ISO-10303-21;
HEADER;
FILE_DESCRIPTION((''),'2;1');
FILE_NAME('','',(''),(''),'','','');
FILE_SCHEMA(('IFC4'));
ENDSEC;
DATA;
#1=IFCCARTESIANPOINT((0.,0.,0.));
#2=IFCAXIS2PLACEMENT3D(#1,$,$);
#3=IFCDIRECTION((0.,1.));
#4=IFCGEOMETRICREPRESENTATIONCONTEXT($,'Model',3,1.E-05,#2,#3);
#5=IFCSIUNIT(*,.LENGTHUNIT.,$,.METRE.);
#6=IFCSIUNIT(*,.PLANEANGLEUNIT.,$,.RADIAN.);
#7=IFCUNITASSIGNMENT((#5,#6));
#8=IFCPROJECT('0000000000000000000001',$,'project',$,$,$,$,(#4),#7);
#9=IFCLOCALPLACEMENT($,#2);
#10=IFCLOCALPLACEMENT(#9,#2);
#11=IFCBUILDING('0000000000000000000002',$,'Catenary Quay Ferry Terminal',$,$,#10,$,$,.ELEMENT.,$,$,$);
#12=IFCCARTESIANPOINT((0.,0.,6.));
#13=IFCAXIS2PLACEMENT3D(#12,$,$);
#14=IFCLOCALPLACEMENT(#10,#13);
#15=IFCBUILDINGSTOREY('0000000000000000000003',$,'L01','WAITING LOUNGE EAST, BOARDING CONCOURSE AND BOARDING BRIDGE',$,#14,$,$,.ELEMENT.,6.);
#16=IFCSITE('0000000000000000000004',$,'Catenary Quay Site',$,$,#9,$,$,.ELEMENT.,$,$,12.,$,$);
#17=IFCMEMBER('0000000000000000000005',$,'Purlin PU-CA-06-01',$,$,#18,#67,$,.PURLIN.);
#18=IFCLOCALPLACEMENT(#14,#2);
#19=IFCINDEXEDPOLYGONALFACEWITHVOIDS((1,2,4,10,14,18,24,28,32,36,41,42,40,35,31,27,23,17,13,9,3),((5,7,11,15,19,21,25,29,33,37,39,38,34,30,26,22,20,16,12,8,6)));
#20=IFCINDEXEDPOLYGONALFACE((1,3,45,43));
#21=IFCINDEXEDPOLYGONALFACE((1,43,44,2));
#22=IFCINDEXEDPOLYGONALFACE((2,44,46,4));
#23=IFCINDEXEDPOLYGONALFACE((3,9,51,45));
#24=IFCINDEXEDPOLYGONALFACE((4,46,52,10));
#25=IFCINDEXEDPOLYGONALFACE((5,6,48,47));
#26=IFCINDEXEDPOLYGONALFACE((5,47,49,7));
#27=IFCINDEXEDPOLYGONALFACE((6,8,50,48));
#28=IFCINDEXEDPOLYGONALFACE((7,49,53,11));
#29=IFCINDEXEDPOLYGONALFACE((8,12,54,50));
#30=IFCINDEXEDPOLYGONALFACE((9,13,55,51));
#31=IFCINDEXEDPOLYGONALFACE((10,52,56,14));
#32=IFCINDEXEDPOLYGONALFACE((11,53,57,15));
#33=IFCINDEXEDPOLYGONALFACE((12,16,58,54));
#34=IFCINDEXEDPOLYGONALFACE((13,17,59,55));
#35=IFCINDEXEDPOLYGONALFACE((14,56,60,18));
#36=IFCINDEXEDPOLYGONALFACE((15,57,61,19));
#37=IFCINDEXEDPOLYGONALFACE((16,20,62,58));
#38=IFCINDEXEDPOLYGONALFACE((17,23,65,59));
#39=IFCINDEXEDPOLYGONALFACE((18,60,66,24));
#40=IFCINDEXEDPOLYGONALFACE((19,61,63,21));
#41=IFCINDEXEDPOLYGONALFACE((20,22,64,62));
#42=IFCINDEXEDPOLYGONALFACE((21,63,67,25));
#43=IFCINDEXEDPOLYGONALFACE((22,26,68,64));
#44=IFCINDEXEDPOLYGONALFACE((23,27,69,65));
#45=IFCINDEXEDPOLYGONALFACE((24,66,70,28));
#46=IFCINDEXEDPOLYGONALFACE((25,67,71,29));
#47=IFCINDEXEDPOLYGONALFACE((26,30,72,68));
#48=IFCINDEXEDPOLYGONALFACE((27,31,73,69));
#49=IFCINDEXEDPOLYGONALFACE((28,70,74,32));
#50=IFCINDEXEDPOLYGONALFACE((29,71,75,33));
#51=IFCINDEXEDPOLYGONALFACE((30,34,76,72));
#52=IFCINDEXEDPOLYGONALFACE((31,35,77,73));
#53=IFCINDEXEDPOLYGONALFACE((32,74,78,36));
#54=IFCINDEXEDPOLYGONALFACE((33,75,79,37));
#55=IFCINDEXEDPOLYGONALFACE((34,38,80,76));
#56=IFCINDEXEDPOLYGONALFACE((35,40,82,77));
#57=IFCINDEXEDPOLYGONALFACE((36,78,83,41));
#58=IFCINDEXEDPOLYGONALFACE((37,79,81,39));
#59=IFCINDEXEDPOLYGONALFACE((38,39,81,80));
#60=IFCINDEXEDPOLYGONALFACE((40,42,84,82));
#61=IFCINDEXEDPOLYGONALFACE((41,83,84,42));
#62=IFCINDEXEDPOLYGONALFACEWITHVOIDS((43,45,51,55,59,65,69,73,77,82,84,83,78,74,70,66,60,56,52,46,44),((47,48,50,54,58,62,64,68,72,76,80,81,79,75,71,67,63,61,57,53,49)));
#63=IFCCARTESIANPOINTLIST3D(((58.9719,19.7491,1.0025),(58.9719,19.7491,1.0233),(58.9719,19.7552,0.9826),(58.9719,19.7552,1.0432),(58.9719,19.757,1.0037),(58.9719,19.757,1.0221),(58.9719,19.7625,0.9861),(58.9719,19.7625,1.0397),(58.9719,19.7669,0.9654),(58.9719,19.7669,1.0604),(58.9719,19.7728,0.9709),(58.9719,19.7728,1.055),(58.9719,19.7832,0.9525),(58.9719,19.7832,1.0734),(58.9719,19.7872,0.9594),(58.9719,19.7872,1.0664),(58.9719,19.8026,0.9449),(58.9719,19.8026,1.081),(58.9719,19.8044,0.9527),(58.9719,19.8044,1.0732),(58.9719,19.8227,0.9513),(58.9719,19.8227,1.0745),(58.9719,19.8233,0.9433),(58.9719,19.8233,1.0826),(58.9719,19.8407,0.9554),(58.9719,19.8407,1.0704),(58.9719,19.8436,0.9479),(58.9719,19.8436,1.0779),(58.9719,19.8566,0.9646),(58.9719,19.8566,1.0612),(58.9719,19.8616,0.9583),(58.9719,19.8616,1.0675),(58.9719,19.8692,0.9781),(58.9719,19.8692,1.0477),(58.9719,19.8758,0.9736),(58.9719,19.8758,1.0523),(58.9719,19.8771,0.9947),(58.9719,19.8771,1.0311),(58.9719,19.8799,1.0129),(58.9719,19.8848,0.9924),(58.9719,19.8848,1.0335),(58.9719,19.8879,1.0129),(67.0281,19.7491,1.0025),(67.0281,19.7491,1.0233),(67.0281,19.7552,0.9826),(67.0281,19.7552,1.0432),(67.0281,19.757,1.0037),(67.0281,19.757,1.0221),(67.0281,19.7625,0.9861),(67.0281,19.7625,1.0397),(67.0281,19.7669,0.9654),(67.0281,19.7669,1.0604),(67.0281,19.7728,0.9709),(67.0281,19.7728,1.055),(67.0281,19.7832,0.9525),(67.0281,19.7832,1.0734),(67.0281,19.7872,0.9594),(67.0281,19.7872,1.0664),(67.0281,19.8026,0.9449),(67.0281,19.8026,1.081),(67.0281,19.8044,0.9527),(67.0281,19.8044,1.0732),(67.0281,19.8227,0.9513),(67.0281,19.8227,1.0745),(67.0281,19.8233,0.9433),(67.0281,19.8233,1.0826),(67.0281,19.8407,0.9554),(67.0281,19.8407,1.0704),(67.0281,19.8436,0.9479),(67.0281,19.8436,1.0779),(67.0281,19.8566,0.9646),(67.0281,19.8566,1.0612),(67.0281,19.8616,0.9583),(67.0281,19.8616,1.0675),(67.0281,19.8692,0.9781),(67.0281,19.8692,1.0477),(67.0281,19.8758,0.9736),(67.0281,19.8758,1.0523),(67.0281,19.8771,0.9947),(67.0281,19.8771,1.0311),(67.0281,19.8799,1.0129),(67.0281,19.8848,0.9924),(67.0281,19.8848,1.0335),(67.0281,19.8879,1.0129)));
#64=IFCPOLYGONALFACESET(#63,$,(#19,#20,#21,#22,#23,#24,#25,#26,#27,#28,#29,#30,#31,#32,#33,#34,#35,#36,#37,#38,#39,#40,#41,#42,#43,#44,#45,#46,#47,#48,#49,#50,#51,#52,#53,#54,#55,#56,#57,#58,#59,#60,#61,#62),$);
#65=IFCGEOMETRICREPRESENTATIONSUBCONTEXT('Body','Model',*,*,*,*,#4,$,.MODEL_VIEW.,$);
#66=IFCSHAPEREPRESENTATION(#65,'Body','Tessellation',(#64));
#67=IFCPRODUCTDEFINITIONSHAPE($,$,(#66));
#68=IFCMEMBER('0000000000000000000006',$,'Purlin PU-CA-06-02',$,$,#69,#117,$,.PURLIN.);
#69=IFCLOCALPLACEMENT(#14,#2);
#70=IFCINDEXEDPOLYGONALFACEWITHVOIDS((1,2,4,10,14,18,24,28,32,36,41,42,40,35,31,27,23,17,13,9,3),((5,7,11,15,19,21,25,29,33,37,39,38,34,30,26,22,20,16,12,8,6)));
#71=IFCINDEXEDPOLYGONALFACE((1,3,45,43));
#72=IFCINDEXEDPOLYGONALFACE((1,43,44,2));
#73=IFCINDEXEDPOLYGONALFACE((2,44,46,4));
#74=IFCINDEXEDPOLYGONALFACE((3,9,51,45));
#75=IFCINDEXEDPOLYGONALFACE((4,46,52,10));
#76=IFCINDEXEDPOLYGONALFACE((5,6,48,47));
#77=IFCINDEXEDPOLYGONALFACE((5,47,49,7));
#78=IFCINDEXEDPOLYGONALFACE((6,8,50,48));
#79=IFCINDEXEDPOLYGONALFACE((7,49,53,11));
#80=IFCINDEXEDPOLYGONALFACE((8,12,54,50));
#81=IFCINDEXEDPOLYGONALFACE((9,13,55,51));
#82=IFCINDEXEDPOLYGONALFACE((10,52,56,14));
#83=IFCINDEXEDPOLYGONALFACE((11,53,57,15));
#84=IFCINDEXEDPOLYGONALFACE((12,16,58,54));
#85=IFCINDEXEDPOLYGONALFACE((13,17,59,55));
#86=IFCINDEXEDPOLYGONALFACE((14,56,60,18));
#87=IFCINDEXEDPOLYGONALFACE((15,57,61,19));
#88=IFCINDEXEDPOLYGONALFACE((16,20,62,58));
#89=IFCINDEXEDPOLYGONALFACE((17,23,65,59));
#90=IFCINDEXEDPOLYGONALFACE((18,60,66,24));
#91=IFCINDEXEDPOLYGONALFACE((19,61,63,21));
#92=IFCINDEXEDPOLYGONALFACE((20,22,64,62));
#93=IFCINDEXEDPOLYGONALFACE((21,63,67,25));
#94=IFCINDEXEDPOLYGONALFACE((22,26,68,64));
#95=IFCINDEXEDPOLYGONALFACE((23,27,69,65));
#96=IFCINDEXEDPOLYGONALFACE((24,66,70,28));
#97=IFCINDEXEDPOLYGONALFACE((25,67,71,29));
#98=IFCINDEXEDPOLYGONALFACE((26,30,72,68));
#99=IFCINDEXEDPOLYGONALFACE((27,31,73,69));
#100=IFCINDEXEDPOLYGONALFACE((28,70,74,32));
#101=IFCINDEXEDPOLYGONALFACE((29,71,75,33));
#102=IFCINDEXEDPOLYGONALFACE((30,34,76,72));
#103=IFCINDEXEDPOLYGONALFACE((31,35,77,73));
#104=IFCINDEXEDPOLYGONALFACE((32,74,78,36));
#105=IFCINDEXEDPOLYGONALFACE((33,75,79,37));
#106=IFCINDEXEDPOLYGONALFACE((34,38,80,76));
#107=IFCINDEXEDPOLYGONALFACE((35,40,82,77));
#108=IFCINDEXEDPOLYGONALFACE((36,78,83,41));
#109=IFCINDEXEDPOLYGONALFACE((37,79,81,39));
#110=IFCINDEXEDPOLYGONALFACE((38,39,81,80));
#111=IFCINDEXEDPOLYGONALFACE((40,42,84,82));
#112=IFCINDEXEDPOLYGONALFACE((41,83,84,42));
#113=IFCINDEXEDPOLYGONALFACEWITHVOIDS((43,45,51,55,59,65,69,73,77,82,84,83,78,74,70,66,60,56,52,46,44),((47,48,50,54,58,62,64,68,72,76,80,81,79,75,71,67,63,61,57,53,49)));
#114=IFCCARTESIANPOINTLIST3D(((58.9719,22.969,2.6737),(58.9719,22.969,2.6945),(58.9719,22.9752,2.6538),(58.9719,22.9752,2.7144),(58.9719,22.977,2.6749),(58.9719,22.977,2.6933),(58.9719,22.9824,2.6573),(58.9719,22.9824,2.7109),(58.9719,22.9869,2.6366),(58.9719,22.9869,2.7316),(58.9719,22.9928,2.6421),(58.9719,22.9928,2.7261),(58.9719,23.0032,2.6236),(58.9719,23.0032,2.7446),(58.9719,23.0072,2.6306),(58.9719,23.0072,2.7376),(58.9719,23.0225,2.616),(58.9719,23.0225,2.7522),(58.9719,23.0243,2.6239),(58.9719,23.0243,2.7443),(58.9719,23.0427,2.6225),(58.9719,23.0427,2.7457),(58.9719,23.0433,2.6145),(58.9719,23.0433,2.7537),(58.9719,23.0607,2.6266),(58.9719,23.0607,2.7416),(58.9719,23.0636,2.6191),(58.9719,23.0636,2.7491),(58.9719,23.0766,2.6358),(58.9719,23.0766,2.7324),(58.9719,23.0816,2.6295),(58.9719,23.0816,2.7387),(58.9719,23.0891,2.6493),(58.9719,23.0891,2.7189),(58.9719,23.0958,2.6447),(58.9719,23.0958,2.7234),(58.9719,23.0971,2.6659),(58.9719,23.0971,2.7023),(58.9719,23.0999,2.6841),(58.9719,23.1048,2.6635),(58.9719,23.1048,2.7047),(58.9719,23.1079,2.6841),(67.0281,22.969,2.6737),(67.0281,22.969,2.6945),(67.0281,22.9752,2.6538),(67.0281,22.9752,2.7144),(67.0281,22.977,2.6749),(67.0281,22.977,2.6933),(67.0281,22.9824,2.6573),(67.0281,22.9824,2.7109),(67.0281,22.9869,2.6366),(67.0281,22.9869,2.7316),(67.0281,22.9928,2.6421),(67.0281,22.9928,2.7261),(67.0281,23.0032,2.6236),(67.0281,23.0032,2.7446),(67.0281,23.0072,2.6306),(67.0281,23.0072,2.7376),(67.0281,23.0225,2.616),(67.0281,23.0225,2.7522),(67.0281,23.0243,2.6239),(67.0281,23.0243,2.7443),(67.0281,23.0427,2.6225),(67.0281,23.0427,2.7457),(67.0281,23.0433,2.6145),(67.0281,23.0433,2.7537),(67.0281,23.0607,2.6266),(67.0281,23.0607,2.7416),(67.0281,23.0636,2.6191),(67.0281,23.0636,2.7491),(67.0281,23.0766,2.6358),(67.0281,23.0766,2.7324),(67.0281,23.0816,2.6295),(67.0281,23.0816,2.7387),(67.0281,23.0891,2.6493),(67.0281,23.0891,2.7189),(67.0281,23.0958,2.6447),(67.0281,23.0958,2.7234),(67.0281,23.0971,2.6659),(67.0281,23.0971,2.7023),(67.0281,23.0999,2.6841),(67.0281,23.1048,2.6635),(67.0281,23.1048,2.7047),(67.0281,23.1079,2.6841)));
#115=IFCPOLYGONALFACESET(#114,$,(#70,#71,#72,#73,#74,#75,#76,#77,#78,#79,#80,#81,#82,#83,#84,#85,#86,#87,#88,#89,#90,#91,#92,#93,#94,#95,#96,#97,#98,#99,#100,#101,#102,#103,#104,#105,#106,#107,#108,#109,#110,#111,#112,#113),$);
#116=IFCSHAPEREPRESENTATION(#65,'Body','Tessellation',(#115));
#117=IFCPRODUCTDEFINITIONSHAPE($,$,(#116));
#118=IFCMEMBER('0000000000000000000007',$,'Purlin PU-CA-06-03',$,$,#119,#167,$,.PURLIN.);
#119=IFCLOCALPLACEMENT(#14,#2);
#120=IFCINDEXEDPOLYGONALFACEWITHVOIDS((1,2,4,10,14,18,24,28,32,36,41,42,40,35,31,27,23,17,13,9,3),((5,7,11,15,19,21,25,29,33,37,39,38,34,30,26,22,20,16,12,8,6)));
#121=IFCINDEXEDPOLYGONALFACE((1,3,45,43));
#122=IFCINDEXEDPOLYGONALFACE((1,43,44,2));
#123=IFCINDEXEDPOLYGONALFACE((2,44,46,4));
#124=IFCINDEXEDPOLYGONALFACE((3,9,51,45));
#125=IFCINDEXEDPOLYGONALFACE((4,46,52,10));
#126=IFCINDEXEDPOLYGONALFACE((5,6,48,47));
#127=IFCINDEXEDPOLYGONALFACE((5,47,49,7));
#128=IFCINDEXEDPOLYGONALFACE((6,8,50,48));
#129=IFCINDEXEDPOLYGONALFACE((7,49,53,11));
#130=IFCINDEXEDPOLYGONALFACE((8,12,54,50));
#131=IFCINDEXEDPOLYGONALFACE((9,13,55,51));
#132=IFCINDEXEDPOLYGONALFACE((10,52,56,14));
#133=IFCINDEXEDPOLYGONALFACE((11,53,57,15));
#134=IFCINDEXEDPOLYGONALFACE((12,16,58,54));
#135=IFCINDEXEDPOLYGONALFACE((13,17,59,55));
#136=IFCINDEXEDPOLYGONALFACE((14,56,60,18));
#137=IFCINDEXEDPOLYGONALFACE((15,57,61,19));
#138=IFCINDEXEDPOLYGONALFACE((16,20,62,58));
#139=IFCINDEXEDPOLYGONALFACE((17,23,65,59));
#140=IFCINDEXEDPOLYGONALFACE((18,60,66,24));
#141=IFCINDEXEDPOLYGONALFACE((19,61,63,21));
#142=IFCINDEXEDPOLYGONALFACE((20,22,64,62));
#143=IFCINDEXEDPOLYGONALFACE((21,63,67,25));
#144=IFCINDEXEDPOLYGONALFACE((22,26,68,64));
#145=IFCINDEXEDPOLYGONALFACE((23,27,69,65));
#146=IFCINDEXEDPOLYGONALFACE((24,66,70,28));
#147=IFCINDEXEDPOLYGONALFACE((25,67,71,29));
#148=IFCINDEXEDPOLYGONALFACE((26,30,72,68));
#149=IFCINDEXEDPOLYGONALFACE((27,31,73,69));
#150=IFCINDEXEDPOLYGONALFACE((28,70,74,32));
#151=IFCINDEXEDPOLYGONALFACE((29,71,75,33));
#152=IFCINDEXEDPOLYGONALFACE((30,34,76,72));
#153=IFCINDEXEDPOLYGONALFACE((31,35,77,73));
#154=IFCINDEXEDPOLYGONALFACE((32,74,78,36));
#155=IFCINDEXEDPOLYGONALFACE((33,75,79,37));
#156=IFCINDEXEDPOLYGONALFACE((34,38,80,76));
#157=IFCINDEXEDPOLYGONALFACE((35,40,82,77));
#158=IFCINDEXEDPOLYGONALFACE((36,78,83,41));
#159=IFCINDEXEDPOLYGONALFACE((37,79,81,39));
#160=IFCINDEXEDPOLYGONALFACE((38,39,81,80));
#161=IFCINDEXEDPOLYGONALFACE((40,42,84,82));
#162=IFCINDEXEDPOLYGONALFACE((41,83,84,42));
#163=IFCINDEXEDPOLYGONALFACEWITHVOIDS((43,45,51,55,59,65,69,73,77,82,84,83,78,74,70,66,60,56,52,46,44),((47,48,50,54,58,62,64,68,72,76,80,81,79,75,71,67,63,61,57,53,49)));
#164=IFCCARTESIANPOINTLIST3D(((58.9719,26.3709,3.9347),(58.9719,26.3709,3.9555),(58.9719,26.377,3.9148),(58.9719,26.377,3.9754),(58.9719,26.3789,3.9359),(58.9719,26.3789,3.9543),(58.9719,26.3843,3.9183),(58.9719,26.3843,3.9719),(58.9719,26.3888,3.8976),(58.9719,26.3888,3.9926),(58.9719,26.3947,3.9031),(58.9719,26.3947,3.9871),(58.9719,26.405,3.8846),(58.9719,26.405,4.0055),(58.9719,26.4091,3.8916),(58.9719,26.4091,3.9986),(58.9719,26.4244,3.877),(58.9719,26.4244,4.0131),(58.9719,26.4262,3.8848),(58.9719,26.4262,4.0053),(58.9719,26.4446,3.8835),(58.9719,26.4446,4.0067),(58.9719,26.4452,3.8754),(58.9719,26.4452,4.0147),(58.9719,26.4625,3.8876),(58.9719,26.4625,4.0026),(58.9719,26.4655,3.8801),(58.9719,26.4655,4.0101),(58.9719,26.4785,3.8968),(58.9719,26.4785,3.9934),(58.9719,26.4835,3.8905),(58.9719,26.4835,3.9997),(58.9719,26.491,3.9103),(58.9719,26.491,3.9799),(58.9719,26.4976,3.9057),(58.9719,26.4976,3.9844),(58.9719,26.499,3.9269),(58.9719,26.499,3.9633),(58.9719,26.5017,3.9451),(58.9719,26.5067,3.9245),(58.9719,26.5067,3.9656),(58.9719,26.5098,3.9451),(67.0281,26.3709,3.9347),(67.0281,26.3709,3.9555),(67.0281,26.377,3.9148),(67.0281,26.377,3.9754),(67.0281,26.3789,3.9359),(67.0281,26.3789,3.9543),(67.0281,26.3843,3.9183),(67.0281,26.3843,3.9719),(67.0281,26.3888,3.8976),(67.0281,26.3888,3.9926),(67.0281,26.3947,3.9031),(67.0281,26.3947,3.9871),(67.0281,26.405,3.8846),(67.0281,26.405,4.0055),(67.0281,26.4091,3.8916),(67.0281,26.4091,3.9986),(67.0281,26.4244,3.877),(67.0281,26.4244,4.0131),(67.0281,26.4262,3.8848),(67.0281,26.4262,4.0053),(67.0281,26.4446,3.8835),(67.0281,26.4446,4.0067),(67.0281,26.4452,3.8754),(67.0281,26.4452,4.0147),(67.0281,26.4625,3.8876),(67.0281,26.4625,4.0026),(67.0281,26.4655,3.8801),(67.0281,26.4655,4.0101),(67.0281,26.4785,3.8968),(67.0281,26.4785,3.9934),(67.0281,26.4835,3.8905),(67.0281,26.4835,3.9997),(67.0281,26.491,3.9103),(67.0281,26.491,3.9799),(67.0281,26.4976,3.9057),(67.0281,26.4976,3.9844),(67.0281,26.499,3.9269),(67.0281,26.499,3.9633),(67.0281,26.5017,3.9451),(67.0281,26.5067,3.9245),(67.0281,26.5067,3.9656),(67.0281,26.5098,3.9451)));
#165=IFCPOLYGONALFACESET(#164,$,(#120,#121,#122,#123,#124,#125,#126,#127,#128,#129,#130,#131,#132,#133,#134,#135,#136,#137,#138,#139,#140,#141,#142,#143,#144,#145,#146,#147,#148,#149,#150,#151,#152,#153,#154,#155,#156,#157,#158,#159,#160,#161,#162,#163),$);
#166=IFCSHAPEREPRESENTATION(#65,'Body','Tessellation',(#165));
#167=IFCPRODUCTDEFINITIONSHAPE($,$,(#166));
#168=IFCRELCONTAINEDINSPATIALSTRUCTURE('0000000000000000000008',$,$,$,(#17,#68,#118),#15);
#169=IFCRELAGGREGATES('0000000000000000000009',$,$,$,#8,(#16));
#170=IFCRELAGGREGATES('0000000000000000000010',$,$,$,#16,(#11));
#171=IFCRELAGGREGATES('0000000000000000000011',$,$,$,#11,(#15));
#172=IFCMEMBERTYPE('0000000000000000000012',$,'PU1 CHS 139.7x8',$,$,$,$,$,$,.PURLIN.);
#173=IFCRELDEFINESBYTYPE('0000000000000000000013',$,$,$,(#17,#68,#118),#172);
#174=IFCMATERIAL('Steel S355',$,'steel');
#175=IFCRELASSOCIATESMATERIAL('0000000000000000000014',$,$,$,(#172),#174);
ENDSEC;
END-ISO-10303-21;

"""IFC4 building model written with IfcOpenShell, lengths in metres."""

from ifc_helpers import new_model, si_unit, direction, frame, origin, origin_2d, place, context, subcontext, project, spatial, hollow_circle, extrude, material, material_profile, profile_set, type_object, element, save


model = new_model("IFC4")

# Units and contexts
model_context = context("Model", 3, precision=1e-05, world=origin(), true_north=direction((0.0, 1.0)))
body_context = subcontext(model_context, "Body", "Model", "MODEL_VIEW")
ifc_project = project(units=[si_unit("LENGTHUNIT", "METRE"), si_unit("PLANEANGLEUNIT", "RADIAN")], contexts=[model_context])

# Site, building, storey
site_placement = place(None, origin())
site = spatial("IfcSite", under=ifc_project, at=site_placement, Name="Catenary Quay Site", CompositionType="ELEMENT", RefElevation=12.0)
building_placement = place(site_placement, origin())
building = spatial("IfcBuilding", under=site, at=building_placement, Name="Catenary Quay Ferry Terminal", CompositionType="ELEMENT")
storey_placement = place(building_placement, frame((0.0, 0.0, 6.0)))
storey = spatial("IfcBuildingStorey", under=building, at=storey_placement, Name="L01", Description="WAITING LOUNGE EAST, BOARDING CONCOURSE AND BOARDING BRIDGE", CompositionType="ELEMENT", Elevation=6.0)

# Members
ifc_material_1 = material(Name="Steel S355", Category="steel")
ifc_material_profile_1 = material_profile(ifc_material_1, hollow_circle(Radius=0.0698, WallThickness=0.0081, at=origin_2d()), Name="CHS 139.7x8")
ifc_profile_set_1 = profile_set([ifc_material_profile_1], Name="Steel S355")
member_type_1 = type_object("IfcMemberType", Name="PU1 CHS 139.7x8", PredefinedType="PURLIN", material=ifc_profile_set_1)
for number, where, z_axis, x_axis, name in (
    (1, (58.9719, 19.8181, 1.0129), (1.0, 0.0, 0.0), (0.0, 1.0, 0.0), "Purlin PU-CA-06-01"),
    (2, (58.9719, 23.0381, 2.6841), (1.0, 0.0, 0.0), (0.0, 1.0, 0.0), "Purlin PU-CA-06-02"),
    (3, (58.9719, 26.4399, 3.9451), (1.0, 0.0, 0.0), (0.0, 1.0, 0.0), "Purlin PU-CA-06-03"),
):
    element("IfcMember", number, at=place(storey_placement, frame(where, z_axis=z_axis, x_axis=x_axis)), inside=storey, type_object=member_type_1, Name=name, PredefinedType="PURLIN", context=body_context, shape_type="SweptSolid", body=[
        extrude(hollow_circle(Radius=0.0698, WallThickness=0.0081, at=origin_2d()), origin(), (0.0, 0.0, 1.0), 8.0562),
    ])

save(model, "model.ifc")
